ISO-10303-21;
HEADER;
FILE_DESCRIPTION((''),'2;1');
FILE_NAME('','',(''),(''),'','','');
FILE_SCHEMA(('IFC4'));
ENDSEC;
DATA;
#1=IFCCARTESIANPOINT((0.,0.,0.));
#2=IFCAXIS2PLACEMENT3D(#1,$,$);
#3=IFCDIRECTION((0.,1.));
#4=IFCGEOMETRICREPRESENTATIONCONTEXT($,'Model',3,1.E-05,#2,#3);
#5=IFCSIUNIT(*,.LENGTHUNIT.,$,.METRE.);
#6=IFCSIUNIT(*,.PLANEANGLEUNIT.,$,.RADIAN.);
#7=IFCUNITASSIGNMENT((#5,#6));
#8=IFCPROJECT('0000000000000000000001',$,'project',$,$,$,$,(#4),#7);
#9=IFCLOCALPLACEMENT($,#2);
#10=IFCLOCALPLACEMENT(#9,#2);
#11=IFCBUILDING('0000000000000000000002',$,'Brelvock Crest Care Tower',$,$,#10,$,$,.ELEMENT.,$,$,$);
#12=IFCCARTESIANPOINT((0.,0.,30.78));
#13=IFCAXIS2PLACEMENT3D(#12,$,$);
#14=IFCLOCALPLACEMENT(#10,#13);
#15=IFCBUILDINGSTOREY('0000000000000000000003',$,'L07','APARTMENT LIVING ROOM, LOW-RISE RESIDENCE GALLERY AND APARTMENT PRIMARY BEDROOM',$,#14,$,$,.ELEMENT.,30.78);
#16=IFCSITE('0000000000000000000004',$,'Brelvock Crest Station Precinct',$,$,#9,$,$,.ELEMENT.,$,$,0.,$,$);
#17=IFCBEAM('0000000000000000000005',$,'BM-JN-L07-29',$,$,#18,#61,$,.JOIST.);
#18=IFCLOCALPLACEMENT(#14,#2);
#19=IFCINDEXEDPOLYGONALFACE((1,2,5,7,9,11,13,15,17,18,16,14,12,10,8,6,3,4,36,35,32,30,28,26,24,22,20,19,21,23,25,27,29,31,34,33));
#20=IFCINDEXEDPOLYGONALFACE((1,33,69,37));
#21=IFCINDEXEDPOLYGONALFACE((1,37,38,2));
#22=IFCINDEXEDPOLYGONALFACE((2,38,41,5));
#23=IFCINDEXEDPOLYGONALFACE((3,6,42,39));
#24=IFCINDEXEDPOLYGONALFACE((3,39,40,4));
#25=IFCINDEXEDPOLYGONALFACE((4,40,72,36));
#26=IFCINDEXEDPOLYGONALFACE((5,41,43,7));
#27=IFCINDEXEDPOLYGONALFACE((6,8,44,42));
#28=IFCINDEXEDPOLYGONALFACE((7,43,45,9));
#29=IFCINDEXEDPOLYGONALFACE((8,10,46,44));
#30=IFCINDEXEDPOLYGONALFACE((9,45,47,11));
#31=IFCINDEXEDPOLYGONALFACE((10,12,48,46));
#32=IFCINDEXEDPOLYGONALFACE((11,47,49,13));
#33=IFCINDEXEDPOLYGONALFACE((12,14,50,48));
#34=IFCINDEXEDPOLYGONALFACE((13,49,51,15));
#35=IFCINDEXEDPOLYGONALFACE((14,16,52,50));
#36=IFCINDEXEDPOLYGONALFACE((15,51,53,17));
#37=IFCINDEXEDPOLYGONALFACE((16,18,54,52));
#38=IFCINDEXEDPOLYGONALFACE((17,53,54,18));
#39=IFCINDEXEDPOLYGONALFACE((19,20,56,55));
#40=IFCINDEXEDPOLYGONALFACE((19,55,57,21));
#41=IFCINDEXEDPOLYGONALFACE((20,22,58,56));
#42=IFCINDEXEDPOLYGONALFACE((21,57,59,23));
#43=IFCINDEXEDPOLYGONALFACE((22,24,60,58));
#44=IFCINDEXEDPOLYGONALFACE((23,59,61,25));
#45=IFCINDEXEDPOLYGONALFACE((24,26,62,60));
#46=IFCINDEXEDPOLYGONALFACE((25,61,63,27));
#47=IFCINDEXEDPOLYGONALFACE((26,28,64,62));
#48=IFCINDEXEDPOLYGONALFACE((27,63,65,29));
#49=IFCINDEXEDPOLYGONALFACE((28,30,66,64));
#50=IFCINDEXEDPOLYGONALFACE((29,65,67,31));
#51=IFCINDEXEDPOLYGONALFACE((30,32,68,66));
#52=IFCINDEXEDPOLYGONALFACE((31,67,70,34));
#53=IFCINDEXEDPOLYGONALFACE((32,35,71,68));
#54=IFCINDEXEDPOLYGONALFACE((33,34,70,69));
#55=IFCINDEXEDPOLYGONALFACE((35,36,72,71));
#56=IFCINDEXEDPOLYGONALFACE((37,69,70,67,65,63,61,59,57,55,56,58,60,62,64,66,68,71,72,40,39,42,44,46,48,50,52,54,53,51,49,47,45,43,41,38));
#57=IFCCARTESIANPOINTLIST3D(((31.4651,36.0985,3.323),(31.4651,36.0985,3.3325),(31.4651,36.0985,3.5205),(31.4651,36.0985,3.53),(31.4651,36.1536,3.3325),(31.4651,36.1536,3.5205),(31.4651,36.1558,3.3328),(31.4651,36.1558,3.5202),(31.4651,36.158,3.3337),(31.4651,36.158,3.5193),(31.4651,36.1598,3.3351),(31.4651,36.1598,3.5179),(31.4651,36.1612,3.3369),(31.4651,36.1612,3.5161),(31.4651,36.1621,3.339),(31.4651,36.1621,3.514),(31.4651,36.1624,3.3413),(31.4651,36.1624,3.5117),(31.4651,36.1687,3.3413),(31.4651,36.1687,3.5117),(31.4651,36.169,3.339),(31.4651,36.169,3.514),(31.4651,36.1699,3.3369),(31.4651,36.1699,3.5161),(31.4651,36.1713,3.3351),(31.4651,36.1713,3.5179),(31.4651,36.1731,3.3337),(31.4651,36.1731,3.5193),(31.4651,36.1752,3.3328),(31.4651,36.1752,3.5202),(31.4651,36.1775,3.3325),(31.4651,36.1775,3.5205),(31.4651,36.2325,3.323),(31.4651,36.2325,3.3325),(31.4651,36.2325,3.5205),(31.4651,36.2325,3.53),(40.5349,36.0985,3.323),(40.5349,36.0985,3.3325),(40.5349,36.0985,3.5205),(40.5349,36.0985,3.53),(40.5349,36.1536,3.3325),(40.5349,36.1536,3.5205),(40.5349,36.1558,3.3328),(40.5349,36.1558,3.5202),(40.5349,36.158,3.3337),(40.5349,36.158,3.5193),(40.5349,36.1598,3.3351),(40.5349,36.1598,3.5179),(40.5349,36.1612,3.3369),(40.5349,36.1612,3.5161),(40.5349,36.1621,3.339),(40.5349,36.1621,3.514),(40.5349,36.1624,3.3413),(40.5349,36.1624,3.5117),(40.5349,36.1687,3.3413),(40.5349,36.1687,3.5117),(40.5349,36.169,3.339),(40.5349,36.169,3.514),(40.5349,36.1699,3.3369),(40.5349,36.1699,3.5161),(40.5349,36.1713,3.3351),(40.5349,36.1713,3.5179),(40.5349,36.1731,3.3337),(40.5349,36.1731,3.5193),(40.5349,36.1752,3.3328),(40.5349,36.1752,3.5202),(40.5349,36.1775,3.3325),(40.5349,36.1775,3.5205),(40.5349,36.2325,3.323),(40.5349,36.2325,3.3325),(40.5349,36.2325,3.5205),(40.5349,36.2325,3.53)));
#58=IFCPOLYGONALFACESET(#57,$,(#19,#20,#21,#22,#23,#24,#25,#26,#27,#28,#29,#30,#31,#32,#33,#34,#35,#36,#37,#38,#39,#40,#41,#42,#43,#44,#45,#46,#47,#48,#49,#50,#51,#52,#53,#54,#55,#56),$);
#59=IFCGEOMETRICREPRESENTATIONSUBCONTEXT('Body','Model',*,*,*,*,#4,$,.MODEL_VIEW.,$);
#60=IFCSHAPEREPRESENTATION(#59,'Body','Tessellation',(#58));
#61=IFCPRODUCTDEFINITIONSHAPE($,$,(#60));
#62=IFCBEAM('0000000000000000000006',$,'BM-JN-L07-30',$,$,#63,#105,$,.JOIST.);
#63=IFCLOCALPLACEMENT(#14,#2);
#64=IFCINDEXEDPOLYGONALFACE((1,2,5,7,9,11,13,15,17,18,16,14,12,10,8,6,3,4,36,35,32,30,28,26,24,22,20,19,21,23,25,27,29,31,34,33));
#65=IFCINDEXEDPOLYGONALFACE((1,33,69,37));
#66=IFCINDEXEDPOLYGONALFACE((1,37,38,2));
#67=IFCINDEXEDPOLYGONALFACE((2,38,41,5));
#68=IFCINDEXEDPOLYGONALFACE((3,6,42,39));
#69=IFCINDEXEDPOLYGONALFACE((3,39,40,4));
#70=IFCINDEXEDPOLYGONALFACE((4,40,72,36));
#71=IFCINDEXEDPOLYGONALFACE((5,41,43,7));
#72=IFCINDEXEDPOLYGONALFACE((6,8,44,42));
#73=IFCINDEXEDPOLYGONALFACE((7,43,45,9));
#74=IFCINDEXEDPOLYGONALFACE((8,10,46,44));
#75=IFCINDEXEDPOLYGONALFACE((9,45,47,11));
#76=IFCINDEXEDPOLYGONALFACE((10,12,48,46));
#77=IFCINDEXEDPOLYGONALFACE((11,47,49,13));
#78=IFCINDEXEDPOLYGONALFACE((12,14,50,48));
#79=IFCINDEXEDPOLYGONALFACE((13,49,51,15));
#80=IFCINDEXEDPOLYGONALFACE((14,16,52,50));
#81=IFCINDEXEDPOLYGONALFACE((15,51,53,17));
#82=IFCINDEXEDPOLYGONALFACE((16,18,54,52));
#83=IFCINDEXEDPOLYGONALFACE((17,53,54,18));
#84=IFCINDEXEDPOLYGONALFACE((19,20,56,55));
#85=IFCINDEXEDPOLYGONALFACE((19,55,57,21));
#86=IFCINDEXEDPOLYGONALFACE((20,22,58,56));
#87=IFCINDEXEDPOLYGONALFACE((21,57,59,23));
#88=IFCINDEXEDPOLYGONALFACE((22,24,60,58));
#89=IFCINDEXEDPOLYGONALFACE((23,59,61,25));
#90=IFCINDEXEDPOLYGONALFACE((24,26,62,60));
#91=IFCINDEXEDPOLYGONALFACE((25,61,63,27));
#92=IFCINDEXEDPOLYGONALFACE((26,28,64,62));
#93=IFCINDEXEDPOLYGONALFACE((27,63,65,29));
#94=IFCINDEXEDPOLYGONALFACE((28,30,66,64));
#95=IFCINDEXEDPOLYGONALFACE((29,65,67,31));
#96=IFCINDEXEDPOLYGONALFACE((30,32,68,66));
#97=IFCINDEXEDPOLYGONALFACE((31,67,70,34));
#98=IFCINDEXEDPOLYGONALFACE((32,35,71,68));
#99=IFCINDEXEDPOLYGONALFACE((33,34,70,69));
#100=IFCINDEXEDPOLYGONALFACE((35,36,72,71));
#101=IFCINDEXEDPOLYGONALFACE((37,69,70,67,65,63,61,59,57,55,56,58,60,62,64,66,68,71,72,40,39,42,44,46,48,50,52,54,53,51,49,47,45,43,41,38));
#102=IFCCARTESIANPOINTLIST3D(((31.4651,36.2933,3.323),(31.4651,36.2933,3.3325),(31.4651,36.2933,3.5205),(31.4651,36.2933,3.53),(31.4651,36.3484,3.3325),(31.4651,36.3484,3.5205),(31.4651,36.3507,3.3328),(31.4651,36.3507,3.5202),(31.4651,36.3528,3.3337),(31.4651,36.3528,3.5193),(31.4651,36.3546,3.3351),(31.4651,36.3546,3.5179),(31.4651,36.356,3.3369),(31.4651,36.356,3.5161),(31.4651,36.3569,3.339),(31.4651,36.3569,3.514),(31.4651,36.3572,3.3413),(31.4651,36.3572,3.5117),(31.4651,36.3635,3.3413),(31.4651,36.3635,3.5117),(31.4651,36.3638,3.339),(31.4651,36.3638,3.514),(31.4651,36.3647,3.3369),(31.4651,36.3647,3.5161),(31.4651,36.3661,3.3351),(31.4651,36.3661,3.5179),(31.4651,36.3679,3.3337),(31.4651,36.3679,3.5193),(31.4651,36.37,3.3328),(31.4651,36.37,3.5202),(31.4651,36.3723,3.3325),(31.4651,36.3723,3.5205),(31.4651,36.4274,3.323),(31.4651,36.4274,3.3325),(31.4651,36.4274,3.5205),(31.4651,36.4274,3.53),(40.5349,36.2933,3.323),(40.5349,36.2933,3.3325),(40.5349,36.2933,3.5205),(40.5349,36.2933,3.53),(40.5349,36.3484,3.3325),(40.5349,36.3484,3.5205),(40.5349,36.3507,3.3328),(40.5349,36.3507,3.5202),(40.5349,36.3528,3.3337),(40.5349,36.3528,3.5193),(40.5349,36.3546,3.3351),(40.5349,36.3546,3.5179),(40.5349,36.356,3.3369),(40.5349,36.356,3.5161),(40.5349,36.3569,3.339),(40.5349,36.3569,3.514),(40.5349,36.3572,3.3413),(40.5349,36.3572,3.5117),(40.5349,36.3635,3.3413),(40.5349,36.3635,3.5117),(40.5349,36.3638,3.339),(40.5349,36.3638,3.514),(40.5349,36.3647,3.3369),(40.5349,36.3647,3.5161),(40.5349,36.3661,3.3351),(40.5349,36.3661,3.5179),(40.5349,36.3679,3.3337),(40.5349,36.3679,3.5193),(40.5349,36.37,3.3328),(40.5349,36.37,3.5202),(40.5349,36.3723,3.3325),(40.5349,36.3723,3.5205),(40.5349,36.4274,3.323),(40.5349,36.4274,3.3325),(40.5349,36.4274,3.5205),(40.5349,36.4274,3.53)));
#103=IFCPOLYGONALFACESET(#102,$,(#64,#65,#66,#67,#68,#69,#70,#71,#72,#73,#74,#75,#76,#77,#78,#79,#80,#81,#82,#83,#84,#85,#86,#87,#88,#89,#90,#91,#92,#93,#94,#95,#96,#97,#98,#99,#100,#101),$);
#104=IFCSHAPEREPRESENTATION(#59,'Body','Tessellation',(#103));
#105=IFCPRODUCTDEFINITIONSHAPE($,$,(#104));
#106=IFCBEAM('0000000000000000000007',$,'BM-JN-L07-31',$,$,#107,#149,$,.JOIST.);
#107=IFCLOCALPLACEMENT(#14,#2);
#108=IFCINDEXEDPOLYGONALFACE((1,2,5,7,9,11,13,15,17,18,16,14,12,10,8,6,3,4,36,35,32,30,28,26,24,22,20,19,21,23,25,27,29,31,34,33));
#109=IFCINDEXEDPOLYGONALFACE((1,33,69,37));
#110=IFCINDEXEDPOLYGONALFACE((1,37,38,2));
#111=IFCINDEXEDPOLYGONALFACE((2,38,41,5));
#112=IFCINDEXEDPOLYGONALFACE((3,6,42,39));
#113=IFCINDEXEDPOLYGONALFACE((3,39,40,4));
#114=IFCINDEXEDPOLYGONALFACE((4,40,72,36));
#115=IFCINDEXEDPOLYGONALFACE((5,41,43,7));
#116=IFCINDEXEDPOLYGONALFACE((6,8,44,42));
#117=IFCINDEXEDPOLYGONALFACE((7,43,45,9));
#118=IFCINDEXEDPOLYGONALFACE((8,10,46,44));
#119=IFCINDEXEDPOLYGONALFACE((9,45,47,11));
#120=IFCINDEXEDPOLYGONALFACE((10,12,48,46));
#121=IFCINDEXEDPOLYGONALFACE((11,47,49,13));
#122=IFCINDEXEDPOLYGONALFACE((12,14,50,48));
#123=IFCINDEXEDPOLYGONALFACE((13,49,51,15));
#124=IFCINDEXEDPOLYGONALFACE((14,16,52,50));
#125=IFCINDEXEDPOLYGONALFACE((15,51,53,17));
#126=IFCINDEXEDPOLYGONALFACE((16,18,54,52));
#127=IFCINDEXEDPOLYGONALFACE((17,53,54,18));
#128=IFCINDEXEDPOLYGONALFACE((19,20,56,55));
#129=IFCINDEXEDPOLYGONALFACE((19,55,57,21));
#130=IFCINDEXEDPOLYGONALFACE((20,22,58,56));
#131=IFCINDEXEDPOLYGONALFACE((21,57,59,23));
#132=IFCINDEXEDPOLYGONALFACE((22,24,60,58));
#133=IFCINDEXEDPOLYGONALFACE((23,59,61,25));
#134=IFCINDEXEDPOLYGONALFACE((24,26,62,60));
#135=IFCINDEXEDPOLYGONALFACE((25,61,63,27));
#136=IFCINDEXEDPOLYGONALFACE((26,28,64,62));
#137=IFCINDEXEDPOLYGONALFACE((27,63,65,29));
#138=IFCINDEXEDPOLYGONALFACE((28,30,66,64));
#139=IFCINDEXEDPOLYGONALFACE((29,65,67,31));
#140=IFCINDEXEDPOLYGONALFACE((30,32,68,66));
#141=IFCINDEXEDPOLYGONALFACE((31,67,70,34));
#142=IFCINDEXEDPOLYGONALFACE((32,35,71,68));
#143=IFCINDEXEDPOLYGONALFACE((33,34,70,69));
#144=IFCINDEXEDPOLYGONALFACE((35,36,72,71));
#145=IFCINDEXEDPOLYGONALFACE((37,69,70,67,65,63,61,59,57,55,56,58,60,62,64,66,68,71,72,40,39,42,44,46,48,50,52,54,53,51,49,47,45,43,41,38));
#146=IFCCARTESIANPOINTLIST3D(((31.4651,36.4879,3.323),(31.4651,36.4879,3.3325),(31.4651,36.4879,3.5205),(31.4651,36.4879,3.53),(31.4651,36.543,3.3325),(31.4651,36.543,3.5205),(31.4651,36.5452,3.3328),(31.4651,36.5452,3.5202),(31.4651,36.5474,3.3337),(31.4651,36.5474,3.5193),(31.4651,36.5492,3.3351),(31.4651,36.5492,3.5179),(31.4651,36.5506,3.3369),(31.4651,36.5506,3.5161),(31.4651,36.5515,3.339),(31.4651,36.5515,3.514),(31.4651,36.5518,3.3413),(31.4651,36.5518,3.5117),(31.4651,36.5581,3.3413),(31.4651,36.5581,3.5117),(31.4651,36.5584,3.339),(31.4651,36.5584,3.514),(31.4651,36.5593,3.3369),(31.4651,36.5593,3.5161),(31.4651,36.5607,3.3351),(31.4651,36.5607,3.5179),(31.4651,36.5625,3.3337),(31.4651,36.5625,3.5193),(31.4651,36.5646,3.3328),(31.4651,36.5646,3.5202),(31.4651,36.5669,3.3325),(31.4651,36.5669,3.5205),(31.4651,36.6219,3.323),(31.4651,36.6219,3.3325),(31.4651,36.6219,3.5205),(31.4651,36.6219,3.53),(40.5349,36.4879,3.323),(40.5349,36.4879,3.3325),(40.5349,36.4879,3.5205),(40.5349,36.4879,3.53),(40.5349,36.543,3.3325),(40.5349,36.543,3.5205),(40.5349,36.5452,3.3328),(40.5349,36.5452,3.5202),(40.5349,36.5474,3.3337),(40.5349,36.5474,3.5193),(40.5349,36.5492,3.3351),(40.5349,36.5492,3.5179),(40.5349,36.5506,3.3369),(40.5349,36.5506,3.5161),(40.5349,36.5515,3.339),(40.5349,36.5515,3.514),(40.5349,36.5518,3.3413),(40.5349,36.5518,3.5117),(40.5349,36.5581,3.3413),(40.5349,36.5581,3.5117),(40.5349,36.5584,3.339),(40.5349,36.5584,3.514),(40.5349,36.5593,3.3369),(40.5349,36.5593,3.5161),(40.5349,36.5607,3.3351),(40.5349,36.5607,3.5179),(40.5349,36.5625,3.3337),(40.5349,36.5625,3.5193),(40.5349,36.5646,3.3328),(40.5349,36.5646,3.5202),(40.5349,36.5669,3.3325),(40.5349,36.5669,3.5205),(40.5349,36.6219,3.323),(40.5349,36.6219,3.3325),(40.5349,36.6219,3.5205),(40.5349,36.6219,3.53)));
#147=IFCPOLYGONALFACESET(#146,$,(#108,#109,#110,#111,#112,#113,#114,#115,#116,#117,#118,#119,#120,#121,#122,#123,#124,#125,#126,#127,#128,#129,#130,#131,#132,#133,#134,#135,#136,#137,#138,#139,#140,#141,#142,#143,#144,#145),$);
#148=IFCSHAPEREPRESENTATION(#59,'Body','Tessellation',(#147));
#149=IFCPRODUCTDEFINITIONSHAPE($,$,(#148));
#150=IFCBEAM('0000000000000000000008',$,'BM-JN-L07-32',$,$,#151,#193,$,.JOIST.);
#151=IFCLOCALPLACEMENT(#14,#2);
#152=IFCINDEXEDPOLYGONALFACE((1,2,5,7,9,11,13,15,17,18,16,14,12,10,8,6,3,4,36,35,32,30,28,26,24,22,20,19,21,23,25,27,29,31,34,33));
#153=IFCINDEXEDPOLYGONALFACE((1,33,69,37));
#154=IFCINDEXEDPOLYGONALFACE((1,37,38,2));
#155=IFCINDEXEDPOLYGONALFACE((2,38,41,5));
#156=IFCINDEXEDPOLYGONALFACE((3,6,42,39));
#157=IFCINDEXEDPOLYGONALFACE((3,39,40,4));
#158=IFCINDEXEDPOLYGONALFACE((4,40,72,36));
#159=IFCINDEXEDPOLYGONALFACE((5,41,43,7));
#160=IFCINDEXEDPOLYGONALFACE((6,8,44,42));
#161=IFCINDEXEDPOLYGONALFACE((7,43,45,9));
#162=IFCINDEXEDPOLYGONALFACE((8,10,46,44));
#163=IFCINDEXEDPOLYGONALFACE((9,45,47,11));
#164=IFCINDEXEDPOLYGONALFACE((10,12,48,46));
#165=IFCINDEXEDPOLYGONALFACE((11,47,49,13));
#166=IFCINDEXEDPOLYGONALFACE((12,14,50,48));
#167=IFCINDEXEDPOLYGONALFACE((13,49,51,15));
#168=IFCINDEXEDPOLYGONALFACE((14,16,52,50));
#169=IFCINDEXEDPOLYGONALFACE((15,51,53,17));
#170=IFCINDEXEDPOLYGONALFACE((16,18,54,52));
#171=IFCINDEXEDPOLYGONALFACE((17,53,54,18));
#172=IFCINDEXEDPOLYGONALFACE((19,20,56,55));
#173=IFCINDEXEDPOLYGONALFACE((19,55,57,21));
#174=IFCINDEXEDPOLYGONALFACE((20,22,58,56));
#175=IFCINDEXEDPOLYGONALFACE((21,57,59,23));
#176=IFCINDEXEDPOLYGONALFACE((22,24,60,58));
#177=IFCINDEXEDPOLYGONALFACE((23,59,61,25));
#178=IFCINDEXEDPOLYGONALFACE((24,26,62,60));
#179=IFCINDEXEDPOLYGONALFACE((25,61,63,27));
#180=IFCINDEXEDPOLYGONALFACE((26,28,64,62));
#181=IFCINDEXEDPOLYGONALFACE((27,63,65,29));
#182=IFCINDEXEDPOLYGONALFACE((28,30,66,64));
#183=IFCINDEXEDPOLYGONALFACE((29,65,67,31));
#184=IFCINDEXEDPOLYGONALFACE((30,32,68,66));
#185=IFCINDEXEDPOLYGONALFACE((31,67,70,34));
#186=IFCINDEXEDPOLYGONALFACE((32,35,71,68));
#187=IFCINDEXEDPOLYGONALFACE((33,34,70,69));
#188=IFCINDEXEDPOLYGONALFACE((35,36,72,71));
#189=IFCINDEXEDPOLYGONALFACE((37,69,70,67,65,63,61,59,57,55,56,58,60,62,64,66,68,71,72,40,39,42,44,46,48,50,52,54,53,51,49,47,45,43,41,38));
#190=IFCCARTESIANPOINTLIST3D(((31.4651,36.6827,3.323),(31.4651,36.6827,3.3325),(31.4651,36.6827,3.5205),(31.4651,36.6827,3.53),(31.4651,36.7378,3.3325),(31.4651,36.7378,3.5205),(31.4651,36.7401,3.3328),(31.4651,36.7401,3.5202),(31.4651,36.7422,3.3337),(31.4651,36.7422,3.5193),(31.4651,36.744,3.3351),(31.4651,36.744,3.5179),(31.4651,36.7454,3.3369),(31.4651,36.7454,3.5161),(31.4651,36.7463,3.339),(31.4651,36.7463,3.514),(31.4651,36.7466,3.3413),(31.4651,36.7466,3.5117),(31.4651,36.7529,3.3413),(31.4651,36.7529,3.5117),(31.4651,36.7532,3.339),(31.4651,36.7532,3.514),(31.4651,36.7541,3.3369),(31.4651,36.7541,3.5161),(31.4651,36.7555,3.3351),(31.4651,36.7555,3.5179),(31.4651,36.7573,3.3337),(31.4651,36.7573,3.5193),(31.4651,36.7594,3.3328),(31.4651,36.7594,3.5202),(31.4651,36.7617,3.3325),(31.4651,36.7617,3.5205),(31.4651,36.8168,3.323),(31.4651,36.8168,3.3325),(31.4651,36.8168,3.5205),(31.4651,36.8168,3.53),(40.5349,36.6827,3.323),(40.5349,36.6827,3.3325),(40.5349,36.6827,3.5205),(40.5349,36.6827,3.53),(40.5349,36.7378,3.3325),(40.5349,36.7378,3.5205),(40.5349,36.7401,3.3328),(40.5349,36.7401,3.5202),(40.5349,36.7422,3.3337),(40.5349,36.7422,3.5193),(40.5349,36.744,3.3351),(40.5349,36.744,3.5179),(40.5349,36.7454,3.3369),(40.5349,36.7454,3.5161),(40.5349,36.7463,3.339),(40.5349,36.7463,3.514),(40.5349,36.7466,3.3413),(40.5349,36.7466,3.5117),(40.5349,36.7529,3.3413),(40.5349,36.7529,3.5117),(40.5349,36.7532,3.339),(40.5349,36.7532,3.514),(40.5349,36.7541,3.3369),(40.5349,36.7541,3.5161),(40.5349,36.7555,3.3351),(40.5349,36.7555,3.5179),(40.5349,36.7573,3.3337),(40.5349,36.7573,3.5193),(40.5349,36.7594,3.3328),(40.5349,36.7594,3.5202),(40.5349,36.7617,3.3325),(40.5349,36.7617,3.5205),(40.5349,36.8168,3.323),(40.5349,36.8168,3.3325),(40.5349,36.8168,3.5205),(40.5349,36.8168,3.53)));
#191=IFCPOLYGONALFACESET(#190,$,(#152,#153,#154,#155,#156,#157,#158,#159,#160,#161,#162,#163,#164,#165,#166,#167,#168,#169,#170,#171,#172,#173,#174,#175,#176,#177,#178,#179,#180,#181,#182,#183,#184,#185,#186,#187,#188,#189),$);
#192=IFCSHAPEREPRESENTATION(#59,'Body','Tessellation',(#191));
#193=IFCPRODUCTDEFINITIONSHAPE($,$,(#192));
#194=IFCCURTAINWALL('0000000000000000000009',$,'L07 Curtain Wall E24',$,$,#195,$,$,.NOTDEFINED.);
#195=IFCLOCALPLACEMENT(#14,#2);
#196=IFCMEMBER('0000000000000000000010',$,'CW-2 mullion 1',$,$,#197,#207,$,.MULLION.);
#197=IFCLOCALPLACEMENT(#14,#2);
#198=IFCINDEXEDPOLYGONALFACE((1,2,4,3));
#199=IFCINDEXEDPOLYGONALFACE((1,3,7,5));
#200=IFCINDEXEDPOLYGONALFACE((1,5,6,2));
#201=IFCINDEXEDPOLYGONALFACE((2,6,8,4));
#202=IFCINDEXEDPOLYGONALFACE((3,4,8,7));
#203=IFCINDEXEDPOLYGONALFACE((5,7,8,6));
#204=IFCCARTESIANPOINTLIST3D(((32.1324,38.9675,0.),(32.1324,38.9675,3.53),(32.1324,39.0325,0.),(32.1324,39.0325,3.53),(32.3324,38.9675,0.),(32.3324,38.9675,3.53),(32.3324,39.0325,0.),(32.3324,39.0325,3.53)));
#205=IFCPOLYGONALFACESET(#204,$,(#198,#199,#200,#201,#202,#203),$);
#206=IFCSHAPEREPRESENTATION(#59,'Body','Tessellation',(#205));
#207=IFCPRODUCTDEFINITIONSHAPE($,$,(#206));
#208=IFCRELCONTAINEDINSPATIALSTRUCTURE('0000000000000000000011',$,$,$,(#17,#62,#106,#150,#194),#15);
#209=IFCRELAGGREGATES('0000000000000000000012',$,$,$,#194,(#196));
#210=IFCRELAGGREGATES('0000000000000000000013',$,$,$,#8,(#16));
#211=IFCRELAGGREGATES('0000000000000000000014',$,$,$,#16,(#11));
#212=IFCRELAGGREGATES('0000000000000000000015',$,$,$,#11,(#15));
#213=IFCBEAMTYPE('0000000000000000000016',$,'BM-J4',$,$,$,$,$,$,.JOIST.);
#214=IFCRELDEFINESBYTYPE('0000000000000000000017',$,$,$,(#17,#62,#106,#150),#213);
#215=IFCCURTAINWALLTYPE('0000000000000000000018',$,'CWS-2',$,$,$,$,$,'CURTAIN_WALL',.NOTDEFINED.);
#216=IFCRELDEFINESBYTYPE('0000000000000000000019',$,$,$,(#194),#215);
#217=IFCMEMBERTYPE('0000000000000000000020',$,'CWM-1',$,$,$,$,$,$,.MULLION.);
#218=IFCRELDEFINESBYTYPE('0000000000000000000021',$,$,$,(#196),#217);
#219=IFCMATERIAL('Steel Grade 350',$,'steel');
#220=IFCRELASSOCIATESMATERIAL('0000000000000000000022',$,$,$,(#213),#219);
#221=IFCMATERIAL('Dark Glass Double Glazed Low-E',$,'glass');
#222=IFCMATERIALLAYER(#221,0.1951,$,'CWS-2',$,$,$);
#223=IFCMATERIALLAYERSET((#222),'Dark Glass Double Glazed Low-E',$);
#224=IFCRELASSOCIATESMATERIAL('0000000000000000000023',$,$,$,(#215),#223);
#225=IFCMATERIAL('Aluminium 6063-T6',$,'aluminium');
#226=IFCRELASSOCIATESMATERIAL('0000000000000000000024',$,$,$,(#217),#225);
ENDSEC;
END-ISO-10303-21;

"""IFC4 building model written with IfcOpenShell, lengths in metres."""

from ifc_helpers import new_model, si_unit, direction, frame, origin, origin_2d, place, context, subcontext, project, spatial, rectangle, i_section, extrude, source, transform, mapped, material, layer, layer_set, material_profile, profile_set, type_object, element, aggregate, save


model = new_model("IFC4")

# Units and contexts
model_context = context("Model", 3, precision=1e-05, world=origin(), true_north=direction((0.0, 1.0)))
body_context = subcontext(model_context, "Body", "Model", "MODEL_VIEW")
ifc_project = project(units=[si_unit("LENGTHUNIT", "METRE"), si_unit("PLANEANGLEUNIT", "RADIAN")], contexts=[model_context])

# Site, building, storey
site_placement = place(None, origin())
site = spatial("IfcSite", under=ifc_project, at=site_placement, Name="Brelvock Crest Station Precinct", CompositionType="ELEMENT", RefElevation=0.0)
building_placement = place(site_placement, origin())
building = spatial("IfcBuilding", under=site, at=building_placement, Name="Brelvock Crest Care Tower", CompositionType="ELEMENT")
storey_placement = place(building_placement, frame((0.0, 0.0, 30.78)))
storey = spatial("IfcBuildingStorey", under=building, at=storey_placement, Name="L07", Description="APARTMENT LIVING ROOM, LOW-RISE RESIDENCE GALLERY AND APARTMENT PRIMARY BEDROOM", CompositionType="ELEMENT", Elevation=30.78)

# Shared definitions
ifc_material_1 = material(Name="Steel Grade 350", Category="steel")

# Beams
ifc_material_profile_1 = material_profile(ifc_material_1, i_section(OverallWidth=0.134, OverallDepth=0.207, WebThickness=0.0063, FlangeThickness=0.0095, FilletRadius=0.0088, at=origin_2d()), Name="200UB29.8")
ifc_profile_set_1 = profile_set([ifc_material_profile_1], Name="Steel Grade 350")
beam_type_1 = type_object("IfcBeamType", Name="BM-J4", PredefinedType="JOIST", material=ifc_profile_set_1)
shared_shape_1 = source(origin(), body_context, "Body", "SweptSolid", [
    extrude(i_section(OverallWidth=0.134, OverallDepth=0.207, WebThickness=0.0063, FlangeThickness=0.0095, FilletRadius=0.0088, at=origin_2d()), origin(), (0.0, 0.0, 1.0), 9.0698),
])
for number, where, z_axis, x_axis, name in (
    (1, (31.4651, 36.1655, 3.4265), (1.0, 0.0, 0.0), (0.0, 1.0, 0.0), "BM-JN-L07-29"),
    (2, (31.4651, 36.3604, 3.4265), (1.0, 0.0, 0.0), (0.0, 1.0, 0.0), "BM-JN-L07-30"),
    (3, (31.4651, 36.5549, 3.4265), (1.0, 0.0, 0.0), (0.0, 1.0, 0.0), "BM-JN-L07-31"),
    (4, (31.4651, 36.7498, 3.4265), (1.0, 0.0, 0.0), (0.0, 1.0, 0.0), "BM-JN-L07-32"),
):
    element("IfcBeam", number, at=place(storey_placement, frame(where, z_axis=z_axis, x_axis=x_axis)), inside=storey, type_object=beam_type_1, Name=name, PredefinedType="JOIST", context=body_context, shape_type="MappedRepresentation", body=[
        mapped(shared_shape_1, transform((0.0, 0.0, 0.0), x_axis=(1.0, 0.0, 0.0), y_axis=(0.0, 1.0, 0.0), z_axis=(0.0, 0.0, 1.0), scale=1.0)),
    ])

# Curtain wall, member
ifc_material_2 = material(Name="Dark Glass Double Glazed Low-E", Category="glass")
ifc_layer_1 = layer(ifc_material_2, 0.1951, Name="CWS-2")
ifc_layer_set_1 = layer_set([ifc_layer_1], Name="Dark Glass Double Glazed Low-E")
curtain_wall_type = type_object("IfcCurtainWallType", Name="CWS-2", ElementType="CURTAIN_WALL", PredefinedType="NOTDEFINED", material=ifc_layer_set_1)
curtain_wall_1_placement = place(storey_placement, origin())
curtain_wall_1 = element("IfcCurtainWall", 5, at=curtain_wall_1_placement, inside=storey, type_object=curtain_wall_type, Name="L07 Curtain Wall E24", PredefinedType="NOTDEFINED")
ifc_material_3 = material(Name="Aluminium 6063-T6", Category="aluminium")
ifc_material_profile_2 = material_profile(ifc_material_3, rectangle(XDim=0.0649, YDim=0.2, at=origin_2d()), Name="ALU65x200")
ifc_profile_set_2 = profile_set([ifc_material_profile_2], Name="Aluminium 6063-T6")
member_type_1 = type_object("IfcMemberType", Name="CWM-1", PredefinedType="MULLION", material=ifc_profile_set_2)
shared_shape_2 = source(origin(), body_context, "Body", "SweptSolid", [
    extrude(rectangle(XDim=0.0649, YDim=0.2, at=origin_2d()), origin(), (0.0, 0.0, 1.0), 3.53),
])
member_1_placement = place(storey_placement, frame((32.2324, 39.0, 0.0), z_axis=(0.0, 0.0, 1.0), x_axis=(0.0, 1.0, 0.0)))
member_1 = element("IfcMember", 6, at=member_1_placement, type_object=member_type_1, Name="CW-2 mullion 1", PredefinedType="MULLION", context=body_context, shape_type="MappedRepresentation", body=[
    mapped(shared_shape_2, transform((0.0, 0.0, 0.0), x_axis=(1.0, 0.0, 0.0), y_axis=(0.0, 1.0, 0.0), z_axis=(0.0, 0.0, 1.0), scale=1.0)),
])

aggregate(curtain_wall_1, [member_1])

save(model, "model.ifc")
